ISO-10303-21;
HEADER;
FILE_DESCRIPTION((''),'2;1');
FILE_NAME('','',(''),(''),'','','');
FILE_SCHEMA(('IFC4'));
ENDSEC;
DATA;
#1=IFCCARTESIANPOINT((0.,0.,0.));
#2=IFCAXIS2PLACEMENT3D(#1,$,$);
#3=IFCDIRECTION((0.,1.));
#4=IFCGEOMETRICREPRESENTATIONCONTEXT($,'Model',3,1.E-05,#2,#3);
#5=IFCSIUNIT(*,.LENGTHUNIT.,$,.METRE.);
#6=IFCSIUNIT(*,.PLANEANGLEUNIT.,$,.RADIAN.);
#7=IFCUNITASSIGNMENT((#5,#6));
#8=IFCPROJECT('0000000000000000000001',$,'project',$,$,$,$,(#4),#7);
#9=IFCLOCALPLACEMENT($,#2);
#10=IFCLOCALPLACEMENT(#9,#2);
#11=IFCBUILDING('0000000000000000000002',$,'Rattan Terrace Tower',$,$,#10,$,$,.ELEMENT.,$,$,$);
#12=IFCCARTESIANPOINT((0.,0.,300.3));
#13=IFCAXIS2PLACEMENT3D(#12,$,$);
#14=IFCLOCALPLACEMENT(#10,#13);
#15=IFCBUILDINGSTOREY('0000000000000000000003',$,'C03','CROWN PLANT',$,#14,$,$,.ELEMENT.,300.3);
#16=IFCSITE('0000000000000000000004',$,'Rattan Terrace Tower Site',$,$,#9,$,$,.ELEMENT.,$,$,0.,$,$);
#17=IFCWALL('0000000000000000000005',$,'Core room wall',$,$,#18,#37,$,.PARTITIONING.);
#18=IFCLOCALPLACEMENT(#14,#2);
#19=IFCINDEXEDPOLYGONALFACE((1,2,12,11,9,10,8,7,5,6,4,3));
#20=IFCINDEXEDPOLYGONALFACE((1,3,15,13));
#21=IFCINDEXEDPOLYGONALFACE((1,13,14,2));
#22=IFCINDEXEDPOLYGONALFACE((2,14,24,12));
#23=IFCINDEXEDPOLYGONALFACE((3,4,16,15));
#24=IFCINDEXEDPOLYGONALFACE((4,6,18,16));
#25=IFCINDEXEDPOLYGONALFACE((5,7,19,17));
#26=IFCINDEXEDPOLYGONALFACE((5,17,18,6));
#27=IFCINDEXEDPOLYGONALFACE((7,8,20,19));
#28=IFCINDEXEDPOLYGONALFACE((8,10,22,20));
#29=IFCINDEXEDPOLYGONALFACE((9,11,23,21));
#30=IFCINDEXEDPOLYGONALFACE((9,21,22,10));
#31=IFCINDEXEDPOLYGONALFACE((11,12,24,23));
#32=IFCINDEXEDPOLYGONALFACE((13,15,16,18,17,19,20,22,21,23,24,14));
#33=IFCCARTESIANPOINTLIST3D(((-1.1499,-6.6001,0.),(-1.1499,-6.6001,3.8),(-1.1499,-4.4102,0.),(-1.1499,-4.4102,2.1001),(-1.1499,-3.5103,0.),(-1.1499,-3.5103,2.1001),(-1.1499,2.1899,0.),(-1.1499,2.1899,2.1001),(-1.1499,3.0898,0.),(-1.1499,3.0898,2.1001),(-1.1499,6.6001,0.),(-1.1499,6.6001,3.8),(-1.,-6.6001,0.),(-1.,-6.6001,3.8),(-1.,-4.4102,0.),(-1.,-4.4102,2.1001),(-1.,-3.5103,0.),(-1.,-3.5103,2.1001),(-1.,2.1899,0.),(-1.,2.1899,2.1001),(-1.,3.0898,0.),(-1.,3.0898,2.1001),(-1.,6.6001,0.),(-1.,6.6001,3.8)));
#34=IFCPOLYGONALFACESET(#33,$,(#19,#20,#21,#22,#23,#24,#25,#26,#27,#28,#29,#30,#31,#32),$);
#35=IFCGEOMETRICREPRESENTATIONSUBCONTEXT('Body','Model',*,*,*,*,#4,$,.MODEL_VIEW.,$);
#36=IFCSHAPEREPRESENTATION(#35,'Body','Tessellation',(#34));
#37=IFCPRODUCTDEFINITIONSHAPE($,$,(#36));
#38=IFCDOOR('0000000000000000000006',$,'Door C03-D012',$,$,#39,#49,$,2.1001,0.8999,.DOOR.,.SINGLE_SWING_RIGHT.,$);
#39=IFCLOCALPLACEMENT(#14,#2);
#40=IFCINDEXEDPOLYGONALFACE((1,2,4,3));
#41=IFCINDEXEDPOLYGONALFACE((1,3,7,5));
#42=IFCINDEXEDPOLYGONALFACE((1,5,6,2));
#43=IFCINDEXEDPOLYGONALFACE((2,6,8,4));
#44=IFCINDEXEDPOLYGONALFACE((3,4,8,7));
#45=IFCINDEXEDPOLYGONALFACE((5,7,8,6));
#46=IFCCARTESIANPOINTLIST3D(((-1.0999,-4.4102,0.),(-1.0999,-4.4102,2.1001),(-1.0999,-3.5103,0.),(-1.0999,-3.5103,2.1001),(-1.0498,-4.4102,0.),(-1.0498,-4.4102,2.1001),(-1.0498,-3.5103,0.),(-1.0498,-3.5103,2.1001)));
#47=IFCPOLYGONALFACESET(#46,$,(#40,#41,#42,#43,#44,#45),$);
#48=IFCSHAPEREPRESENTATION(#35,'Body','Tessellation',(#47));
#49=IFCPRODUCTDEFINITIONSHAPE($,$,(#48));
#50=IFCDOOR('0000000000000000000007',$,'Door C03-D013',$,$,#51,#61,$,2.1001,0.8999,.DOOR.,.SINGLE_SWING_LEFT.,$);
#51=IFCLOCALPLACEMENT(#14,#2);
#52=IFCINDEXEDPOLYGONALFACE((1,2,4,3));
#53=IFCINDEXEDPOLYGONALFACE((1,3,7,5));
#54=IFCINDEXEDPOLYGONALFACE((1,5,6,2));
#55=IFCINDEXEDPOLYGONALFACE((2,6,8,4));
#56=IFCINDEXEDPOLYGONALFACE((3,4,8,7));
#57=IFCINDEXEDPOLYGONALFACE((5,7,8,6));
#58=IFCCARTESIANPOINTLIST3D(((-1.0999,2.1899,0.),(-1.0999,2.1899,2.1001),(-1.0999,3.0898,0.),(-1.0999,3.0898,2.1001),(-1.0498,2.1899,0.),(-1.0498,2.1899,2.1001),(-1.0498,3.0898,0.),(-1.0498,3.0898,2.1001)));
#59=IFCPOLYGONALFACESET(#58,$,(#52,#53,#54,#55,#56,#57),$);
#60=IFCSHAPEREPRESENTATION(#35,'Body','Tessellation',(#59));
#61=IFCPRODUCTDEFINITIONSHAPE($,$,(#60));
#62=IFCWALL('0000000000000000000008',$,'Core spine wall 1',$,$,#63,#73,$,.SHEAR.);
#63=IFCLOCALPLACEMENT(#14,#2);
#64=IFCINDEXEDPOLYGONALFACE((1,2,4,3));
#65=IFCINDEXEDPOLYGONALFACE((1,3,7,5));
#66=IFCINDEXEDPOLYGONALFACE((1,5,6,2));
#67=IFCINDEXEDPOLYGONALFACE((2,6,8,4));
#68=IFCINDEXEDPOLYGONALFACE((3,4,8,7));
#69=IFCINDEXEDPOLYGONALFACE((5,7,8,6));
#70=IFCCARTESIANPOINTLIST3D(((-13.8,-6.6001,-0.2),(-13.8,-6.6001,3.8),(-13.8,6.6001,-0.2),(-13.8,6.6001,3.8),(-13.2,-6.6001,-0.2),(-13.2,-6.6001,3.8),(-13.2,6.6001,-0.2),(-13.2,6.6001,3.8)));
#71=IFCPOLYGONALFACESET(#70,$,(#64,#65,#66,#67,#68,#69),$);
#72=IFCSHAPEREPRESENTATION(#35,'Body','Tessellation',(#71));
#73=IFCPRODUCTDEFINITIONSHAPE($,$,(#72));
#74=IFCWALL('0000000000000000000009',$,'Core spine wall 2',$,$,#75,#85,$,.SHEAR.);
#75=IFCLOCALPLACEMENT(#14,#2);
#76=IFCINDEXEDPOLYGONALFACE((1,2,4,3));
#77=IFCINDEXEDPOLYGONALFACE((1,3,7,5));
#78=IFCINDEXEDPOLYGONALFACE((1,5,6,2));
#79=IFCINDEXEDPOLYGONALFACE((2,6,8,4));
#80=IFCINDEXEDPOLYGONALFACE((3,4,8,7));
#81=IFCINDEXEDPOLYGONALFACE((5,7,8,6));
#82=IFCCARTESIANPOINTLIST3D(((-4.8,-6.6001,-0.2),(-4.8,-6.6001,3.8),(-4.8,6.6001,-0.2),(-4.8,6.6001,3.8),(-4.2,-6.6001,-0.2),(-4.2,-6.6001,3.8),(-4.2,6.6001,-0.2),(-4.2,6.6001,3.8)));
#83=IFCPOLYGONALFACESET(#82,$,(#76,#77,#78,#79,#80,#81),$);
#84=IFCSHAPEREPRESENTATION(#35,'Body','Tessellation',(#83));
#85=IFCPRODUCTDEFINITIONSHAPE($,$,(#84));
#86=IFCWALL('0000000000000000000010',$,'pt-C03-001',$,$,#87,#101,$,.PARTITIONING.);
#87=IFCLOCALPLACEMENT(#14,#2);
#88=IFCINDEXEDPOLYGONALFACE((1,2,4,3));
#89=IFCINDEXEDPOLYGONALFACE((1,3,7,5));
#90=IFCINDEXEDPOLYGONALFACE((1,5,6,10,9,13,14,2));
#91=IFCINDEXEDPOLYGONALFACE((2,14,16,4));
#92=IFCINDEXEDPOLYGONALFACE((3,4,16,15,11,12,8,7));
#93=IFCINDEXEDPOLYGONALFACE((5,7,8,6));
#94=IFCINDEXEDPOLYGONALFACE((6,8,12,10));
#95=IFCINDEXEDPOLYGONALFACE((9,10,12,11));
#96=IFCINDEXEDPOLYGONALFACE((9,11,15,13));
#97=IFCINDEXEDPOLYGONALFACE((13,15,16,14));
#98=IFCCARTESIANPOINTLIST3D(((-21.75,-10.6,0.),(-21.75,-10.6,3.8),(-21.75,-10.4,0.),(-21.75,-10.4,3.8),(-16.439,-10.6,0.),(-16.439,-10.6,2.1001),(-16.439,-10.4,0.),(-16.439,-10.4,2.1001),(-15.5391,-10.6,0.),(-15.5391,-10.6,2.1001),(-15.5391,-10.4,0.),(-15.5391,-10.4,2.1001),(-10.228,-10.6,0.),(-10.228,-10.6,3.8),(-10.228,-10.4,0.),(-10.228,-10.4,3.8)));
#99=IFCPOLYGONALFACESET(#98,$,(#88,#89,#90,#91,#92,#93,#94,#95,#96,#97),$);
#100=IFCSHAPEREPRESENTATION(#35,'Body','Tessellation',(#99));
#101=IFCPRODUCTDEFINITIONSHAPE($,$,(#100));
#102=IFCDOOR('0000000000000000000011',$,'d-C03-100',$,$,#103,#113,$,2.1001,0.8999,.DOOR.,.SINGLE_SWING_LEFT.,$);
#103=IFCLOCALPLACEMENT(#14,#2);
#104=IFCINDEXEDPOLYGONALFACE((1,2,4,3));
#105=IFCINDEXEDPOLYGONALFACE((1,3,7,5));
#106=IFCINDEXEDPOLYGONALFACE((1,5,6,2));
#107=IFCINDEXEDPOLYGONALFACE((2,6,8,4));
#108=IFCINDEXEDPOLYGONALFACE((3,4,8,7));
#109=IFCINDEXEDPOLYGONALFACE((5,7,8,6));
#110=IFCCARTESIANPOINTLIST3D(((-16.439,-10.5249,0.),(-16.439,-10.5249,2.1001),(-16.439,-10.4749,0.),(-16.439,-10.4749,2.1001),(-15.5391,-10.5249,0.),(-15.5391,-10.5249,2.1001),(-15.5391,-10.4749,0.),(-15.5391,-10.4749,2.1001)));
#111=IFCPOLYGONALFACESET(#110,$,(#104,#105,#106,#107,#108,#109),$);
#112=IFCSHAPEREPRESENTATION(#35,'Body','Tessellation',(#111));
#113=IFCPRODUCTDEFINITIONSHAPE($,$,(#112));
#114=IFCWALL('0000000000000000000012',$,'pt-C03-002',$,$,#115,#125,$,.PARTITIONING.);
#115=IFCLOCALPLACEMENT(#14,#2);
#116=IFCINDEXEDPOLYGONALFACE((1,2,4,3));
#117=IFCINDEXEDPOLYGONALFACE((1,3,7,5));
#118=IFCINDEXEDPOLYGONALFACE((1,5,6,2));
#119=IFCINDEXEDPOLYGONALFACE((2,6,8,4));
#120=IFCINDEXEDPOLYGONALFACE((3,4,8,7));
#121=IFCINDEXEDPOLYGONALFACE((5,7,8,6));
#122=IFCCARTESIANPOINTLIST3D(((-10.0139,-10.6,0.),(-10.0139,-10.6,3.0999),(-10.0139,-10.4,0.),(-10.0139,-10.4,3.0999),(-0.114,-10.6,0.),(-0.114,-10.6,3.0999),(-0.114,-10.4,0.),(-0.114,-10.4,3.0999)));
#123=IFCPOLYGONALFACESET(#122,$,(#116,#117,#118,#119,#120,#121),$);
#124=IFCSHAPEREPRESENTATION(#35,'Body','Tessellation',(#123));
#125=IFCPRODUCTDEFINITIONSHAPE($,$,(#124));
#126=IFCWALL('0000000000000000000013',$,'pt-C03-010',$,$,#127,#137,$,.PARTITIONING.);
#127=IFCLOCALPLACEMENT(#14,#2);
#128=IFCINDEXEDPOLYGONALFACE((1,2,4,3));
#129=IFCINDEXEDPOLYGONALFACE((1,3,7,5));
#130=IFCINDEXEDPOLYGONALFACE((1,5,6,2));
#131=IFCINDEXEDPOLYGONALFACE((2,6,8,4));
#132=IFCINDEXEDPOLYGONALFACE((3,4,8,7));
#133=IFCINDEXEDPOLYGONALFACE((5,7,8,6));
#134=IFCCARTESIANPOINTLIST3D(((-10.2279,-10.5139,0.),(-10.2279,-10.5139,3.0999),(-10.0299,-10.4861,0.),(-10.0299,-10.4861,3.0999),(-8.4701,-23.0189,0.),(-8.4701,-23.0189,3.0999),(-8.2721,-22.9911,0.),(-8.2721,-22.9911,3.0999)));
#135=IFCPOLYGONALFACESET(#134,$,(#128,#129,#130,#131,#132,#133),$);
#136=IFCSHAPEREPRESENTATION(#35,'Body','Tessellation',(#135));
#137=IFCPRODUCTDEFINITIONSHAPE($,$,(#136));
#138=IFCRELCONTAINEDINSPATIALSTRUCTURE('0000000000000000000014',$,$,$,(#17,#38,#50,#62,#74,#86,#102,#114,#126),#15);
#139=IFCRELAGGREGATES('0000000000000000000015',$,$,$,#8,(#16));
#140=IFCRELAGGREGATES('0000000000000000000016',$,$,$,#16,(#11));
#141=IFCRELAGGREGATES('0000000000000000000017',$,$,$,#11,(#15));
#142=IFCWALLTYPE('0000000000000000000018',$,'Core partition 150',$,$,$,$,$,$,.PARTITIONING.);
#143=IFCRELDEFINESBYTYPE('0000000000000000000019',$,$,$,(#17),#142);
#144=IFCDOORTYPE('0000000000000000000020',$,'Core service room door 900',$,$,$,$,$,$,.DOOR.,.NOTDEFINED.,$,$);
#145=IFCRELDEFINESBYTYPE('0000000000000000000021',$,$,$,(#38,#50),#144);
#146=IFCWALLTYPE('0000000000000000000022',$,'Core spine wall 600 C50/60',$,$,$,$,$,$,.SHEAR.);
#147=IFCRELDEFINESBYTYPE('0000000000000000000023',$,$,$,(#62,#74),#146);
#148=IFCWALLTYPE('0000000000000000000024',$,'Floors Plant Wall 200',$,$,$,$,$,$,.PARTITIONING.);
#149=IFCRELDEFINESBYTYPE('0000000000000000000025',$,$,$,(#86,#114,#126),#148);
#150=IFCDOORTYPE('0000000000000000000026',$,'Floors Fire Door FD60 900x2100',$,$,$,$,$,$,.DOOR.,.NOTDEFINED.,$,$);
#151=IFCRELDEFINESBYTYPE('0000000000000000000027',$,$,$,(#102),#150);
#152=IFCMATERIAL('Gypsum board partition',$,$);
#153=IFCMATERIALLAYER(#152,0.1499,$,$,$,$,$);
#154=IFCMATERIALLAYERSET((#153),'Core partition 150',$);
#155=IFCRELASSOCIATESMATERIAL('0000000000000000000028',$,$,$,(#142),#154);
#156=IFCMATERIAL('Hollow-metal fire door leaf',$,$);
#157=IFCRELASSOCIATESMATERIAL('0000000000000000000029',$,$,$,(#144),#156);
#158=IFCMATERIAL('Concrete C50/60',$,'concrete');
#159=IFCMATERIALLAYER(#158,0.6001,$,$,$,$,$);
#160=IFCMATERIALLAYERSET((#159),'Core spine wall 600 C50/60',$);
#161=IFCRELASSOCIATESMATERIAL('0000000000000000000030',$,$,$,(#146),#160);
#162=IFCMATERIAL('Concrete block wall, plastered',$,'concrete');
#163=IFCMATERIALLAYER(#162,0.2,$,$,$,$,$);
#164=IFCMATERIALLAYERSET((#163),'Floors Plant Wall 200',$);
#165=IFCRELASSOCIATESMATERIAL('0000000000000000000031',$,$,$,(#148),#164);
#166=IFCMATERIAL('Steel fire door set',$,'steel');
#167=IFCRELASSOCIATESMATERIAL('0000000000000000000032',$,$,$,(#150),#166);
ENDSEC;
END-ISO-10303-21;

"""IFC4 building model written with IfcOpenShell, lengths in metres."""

from ifc_helpers import new_model, si_unit, direction, frame, frame_2d, origin, place, context, subcontext, project, spatial, rectangle, extrude, material, layer, layer_set, type_object, element, fill, save


model = new_model("IFC4")

# Units and contexts
model_context = context("Model", 3, precision=1e-05, world=origin(), true_north=direction((0.0, 1.0)))
body_context = subcontext(model_context, "Body", "Model", "MODEL_VIEW")
ifc_project = project(units=[si_unit("LENGTHUNIT", "METRE"), si_unit("PLANEANGLEUNIT", "RADIAN")], contexts=[model_context])

# Site, building, storey
site_placement = place(None, origin())
site = spatial("IfcSite", under=ifc_project, at=site_placement, Name="Rattan Terrace Tower Site", CompositionType="ELEMENT", RefElevation=0.0)
building_placement = place(site_placement, origin())
building = spatial("IfcBuilding", under=site, at=building_placement, Name="Rattan Terrace Tower", CompositionType="ELEMENT")
storey_placement = place(building_placement, frame((0.0, 0.0, 300.3)))
storey = spatial("IfcBuildingStorey", under=building, at=storey_placement, Name="C03", Description="CROWN PLANT", CompositionType="ELEMENT", Elevation=300.3)

# Shared definitions
ifc_material_1 = material(Name="Gypsum board partition")
ifc_layer_1 = layer(ifc_material_1, 0.1499)
ifc_layer_set_1 = layer_set([ifc_layer_1], Name="Core partition 150")
wall_type_1 = type_object("IfcWallType", Name="Core partition 150", PredefinedType="PARTITIONING", material=ifc_layer_set_1)
ifc_material_2 = material(Name="Hollow-metal fire door leaf")
door_type_1 = type_object("IfcDoorType", Name="Core service room door 900", OperationType="NOTDEFINED", PredefinedType="DOOR", material=ifc_material_2)

# Wall, openings, doors
wall_1_placement = place(storey_placement, frame((-1.075, -6.6001, 0.0), z_axis=(0.0, 0.0, 1.0), x_axis=(0.0, 1.0, 0.0)))
wall_1 = element("IfcWall", 1, at=wall_1_placement, inside=storey, type_object=wall_type_1, Name="Core room wall", PredefinedType="PARTITIONING", context=body_context, shape_type="SweptSolid", body=[
    extrude(rectangle(XDim=13.2002, YDim=0.1499, at=frame_2d((6.6001, 0.0))), origin(), (0.0, 0.0, 1.0), 3.8),
])
opening_1_placement = place(wall_1_placement, frame((2.1899, 0.0, 0.0)))
opening_1 = element("IfcOpeningElement", 2, at=opening_1_placement, cuts=wall_1, PredefinedType="OPENING", context=body_context, shape_type="SweptSolid", body=[
    extrude(rectangle(XDim=0.8999, YDim=2.1001, at=frame_2d((0.45, 1.05))), frame((0.0, 0.0854, 0.0), z_axis=(0.0, -1.0, 0.0), x_axis=(1.0, 0.0, 0.0)), (0.0, 0.0, 1.0), 0.1709),
])
opening_2_placement = place(wall_1_placement, frame((8.79, 0.0, 0.0)))
opening_2 = element("IfcOpeningElement", 3, at=opening_2_placement, cuts=wall_1, PredefinedType="OPENING", context=body_context, shape_type="SweptSolid", body=[
    extrude(rectangle(XDim=0.8999, YDim=2.1001, at=frame_2d((0.45, 1.05))), frame((0.0, 0.0854, 0.0), z_axis=(0.0, -1.0, 0.0), x_axis=(1.0, 0.0, 0.0)), (0.0, 0.0, 1.0), 0.1709),
])
door_1_placement = place(opening_1_placement, origin())
door_1 = element("IfcDoor", 4, at=door_1_placement, inside=storey, type_object=door_type_1, Name="Door C03-D012", OperationType="SINGLE_SWING_RIGHT", OverallHeight=2.1001, OverallWidth=0.8999, PredefinedType="DOOR", context=body_context, shape_type="SweptSolid", body=[
    extrude(rectangle(XDim=0.8999, YDim=2.1001, at=frame_2d((0.45, 1.05))), frame((0.0, 0.0249, 0.0), z_axis=(0.0, -1.0, 0.0), x_axis=(1.0, 0.0, 0.0)), (0.0, 0.0, 1.0), 0.05),
])
fill(opening_1, door_1)
door_2_placement = place(opening_2_placement, origin())
door_2 = element("IfcDoor", 5, at=door_2_placement, inside=storey, type_object=door_type_1, Name="Door C03-D013", OperationType="SINGLE_SWING_LEFT", OverallHeight=2.1001, OverallWidth=0.8999, PredefinedType="DOOR", context=body_context, shape_type="SweptSolid", body=[
    extrude(rectangle(XDim=0.8999, YDim=2.1001, at=frame_2d((0.45, 1.05))), frame((0.0, 0.0249, 0.0), z_axis=(0.0, -1.0, 0.0), x_axis=(1.0, 0.0, 0.0)), (0.0, 0.0, 1.0), 0.05),
])
fill(opening_2, door_2)

# Walls
ifc_material_3 = material(Name="Concrete C50/60", Category="concrete")
ifc_layer_2 = layer(ifc_material_3, 0.6001)
ifc_layer_set_2 = layer_set([ifc_layer_2], Name="Core spine wall 600 C50/60")
wall_type_2 = type_object("IfcWallType", Name="Core spine wall 600 C50/60", PredefinedType="SHEAR", material=ifc_layer_set_2)
for number, where, z_axis, x_axis, name in (
    (6, (-13.5, -6.6001, -0.2), (0.0, 0.0, 1.0), (0.0, 1.0, 0.0), "Core spine wall 1"),
    (7, (-4.5, -6.6001, -0.2), (0.0, 0.0, 1.0), (0.0, 1.0, 0.0), "Core spine wall 2"),
):
    element("IfcWall", number, at=place(storey_placement, frame(where, z_axis=z_axis, x_axis=x_axis)), inside=storey, type_object=wall_type_2, Name=name, PredefinedType="SHEAR", context=body_context, shape_type="SweptSolid", body=[
        extrude(rectangle(XDim=13.2002, YDim=0.6001, at=frame_2d((6.6001, 0.0))), origin(), (0.0, 0.0, 1.0), 4.0),
    ])

# Wall, opening, door
ifc_material_4 = material(Name="Concrete block wall, plastered", Category="concrete")
ifc_layer_3 = layer(ifc_material_4, 0.2)
ifc_layer_set_3 = layer_set([ifc_layer_3], Name="Floors Plant Wall 200")
wall_type_3 = type_object("IfcWallType", Name="Floors Plant Wall 200", PredefinedType="PARTITIONING", material=ifc_layer_set_3)
wall_2_placement = place(storey_placement, frame((-10.228, -10.5, 0.0), z_axis=(0.0, 0.0, 1.0), x_axis=(-1.0, 0.0, 0.0)))
wall_2 = element("IfcWall", 8, at=wall_2_placement, inside=storey, type_object=wall_type_3, Name="pt-C03-001", PredefinedType="PARTITIONING", context=body_context, shape_type="SweptSolid", body=[
    extrude(rectangle(XDim=11.522, YDim=0.2, at=frame_2d((5.761, 0.0))), origin(), (0.0, 0.0, 1.0), 3.8),
])
opening_3_placement = place(wall_2_placement, frame((5.311, 0.0, 0.0)))
opening_3 = element("IfcOpeningElement", 9, at=opening_3_placement, cuts=wall_2, PredefinedType="OPENING", context=body_context, shape_type="SweptSolid", body=[
    extrude(rectangle(XDim=0.8999, YDim=2.1001, at=frame_2d((0.45, 1.05))), frame((0.0, 0.1106, 0.0), z_axis=(0.0, -1.0, 0.0), x_axis=(1.0, 0.0, 0.0)), (0.0, 0.0, 1.0), 0.2209),
])
ifc_material_5 = material(Name="Steel fire door set", Category="steel")
door_type_2 = type_object("IfcDoorType", Name="Floors Fire Door FD60 900x2100", OperationType="NOTDEFINED", PredefinedType="DOOR", material=ifc_material_5)
door_3_placement = place(opening_3_placement, origin())
door_3 = element("IfcDoor", 10, at=door_3_placement, inside=storey, type_object=door_type_2, Name="d-C03-100", OperationType="SINGLE_SWING_LEFT", OverallHeight=2.1001, OverallWidth=0.8999, PredefinedType="DOOR", context=body_context, shape_type="SweptSolid", body=[
    extrude(rectangle(XDim=0.8999, YDim=2.1001, at=frame_2d((0.45, 1.05))), frame((0.0, 0.0249, 0.0), z_axis=(0.0, -1.0, 0.0), x_axis=(1.0, 0.0, 0.0)), (0.0, 0.0, 1.0), 0.05),
])
fill(opening_3, door_3)

# Walls
wall_3_placement = place(storey_placement, frame((-0.114, -10.5, 0.0), z_axis=(0.0, 0.0, 1.0), x_axis=(-1.0, 0.0, 0.0)))
element("IfcWall", 11, at=wall_3_placement, inside=storey, type_object=wall_type_3, Name="pt-C03-002", PredefinedType="PARTITIONING", context=body_context, shape_type="SweptSolid", body=[
    extrude(rectangle(XDim=9.8999, YDim=0.2, at=frame_2d((4.95, 0.0))), origin(), (0.0, 0.0, 1.0), 3.0999),
])
wall_4_placement = place(storey_placement, frame((-10.1289, -10.5, 0.0), z_axis=(0.0, 0.0, 1.0), x_axis=(0.139202, -0.990264, 0.0)))
element("IfcWall", 12, at=wall_4_placement, inside=storey, type_object=wall_type_3, Name="pt-C03-010", PredefinedType="PARTITIONING", context=body_context, shape_type="SweptSolid", body=[
    extrude(rectangle(XDim=12.6279, YDim=0.2, at=frame_2d((6.314, 0.0))), origin(), (0.0, 0.0, 1.0), 3.0999),
])

save(model, "model.ifc")
